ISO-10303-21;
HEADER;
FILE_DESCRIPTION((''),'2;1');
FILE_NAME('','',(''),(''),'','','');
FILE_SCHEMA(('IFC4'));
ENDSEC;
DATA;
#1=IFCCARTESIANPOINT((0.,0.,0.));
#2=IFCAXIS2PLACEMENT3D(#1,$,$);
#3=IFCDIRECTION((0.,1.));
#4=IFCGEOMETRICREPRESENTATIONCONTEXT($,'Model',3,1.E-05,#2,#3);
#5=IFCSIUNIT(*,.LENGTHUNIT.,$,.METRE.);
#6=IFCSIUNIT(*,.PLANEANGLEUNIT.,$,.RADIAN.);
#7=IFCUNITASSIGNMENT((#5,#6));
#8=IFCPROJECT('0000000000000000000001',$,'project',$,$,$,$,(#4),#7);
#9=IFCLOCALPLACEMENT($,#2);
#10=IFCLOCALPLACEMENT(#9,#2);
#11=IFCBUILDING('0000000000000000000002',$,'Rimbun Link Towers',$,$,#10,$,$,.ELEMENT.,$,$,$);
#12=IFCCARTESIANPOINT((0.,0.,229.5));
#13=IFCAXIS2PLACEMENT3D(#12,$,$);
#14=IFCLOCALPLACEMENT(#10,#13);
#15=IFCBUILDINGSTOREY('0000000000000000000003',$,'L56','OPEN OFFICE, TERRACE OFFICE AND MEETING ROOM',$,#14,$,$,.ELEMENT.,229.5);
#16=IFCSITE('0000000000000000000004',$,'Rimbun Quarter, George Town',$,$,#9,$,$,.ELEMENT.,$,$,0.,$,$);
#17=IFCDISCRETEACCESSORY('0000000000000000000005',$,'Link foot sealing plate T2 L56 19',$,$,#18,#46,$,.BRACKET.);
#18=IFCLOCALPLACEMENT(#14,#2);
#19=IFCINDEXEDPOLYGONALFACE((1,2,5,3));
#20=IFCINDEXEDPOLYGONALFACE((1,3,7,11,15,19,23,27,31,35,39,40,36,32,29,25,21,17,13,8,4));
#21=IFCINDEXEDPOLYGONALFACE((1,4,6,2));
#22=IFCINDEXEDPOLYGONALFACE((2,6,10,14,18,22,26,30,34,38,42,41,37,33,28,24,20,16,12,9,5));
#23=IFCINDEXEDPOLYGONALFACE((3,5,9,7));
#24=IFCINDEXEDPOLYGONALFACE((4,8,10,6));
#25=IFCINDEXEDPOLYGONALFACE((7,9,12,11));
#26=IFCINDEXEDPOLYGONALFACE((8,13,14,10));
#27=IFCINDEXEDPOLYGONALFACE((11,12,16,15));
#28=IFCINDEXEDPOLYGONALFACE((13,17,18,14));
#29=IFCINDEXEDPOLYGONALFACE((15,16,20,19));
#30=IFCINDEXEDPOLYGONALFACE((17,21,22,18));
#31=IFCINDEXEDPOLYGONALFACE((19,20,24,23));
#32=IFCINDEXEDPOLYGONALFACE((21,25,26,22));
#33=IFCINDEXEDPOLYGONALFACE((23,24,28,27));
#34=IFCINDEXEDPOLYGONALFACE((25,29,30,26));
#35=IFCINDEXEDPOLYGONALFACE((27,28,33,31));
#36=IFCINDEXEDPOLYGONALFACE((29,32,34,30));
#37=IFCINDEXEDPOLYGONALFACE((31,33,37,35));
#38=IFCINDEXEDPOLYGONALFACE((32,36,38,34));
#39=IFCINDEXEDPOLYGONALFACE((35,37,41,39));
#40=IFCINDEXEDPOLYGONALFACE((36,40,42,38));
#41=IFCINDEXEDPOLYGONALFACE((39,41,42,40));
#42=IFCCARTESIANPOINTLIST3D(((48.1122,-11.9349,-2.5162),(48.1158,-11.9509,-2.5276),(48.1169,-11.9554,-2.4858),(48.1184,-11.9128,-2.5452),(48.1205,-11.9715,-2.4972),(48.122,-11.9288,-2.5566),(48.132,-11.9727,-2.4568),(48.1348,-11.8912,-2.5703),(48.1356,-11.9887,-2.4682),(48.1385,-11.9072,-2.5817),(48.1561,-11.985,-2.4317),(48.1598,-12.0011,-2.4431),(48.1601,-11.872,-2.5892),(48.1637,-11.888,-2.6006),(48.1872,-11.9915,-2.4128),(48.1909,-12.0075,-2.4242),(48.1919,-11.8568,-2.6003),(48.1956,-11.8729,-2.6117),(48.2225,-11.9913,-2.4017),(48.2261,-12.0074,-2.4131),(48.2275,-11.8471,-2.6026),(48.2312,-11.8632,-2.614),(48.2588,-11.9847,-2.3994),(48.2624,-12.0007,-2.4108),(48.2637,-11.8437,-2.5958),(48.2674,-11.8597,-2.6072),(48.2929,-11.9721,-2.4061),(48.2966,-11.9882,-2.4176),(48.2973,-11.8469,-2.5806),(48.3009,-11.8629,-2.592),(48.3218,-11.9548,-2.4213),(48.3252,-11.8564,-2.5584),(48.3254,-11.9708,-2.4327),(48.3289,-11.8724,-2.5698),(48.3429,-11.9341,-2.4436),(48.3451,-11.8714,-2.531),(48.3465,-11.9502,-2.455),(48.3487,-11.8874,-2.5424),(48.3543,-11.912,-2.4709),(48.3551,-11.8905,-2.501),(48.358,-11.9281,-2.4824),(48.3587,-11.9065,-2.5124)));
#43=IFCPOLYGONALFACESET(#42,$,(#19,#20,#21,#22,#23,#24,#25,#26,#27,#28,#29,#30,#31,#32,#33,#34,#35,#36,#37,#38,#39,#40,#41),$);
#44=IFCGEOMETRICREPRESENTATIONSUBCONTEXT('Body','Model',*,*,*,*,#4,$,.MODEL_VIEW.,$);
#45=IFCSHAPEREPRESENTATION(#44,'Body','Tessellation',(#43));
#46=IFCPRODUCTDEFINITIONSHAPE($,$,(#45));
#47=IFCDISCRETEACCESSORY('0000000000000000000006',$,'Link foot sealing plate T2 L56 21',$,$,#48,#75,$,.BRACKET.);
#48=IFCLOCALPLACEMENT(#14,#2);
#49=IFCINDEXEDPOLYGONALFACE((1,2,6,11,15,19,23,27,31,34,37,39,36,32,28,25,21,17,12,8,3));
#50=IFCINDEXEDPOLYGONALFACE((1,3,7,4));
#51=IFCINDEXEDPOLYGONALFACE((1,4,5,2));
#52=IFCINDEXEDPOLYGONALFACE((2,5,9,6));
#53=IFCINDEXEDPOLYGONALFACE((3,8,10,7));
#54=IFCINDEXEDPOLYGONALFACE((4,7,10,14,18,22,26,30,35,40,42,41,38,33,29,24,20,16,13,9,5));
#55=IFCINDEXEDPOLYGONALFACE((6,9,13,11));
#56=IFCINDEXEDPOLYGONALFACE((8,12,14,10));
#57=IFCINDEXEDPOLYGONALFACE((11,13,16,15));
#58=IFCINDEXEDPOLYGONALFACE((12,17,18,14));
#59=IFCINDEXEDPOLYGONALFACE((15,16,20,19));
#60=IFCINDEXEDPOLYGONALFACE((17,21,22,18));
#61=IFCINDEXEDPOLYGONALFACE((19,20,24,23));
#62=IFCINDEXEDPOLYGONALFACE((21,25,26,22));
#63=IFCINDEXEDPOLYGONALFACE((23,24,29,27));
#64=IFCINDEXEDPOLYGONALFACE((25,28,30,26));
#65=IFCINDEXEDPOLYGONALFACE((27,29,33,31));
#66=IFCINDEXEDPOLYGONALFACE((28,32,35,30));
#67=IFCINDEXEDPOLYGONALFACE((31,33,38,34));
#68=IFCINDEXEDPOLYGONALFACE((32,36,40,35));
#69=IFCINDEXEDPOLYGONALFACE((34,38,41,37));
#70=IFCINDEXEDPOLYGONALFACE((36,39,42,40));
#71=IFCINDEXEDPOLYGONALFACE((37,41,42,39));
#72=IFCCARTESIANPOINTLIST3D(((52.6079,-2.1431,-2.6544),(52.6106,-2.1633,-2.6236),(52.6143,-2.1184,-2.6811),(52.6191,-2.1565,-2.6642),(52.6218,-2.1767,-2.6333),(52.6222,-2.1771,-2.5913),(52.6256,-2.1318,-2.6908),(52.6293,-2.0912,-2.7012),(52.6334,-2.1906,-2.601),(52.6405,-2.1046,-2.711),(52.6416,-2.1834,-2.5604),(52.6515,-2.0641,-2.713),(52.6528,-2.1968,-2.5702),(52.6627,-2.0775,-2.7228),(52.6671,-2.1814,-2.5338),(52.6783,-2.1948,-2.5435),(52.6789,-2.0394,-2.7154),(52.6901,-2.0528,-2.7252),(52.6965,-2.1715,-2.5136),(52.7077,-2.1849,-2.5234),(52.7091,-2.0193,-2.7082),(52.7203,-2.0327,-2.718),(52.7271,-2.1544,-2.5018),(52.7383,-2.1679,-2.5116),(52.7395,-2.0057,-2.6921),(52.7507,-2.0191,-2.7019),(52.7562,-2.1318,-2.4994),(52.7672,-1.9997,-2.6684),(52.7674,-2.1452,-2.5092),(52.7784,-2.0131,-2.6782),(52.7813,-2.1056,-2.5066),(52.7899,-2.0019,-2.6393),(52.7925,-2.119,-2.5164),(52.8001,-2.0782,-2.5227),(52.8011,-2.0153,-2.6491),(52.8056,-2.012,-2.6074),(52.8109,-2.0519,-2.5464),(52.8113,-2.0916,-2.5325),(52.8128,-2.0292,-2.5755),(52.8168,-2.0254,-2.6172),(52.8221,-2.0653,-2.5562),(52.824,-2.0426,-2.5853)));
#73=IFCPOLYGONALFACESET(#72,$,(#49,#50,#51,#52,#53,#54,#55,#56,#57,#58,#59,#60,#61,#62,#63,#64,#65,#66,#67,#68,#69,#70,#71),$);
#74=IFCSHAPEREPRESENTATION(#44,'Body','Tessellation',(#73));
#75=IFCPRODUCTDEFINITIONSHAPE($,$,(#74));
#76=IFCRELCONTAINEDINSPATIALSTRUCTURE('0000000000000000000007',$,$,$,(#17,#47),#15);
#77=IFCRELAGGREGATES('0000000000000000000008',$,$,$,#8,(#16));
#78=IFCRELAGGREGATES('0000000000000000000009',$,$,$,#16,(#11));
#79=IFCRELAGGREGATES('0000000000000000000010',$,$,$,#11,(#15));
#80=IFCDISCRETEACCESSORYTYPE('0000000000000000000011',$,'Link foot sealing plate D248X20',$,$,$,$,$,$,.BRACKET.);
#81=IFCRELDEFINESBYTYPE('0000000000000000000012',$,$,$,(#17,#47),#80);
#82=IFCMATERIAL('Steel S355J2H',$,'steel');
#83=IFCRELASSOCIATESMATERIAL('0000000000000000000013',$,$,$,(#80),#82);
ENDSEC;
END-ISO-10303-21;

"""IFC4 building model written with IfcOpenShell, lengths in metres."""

from ifc_helpers import new_model, si_unit, direction, frame, origin, origin_2d, place, context, subcontext, project, spatial, circle, extrude, material, material_profile, profile_set, type_object, element, save


model = new_model("IFC4")

# Units and contexts
model_context = context("Model", 3, precision=1e-05, world=origin(), true_north=direction((0.0, 1.0)))
body_context = subcontext(model_context, "Body", "Model", "MODEL_VIEW")
ifc_project = project(units=[si_unit("LENGTHUNIT", "METRE"), si_unit("PLANEANGLEUNIT", "RADIAN")], contexts=[model_context])

# Site, building, storey
site_placement = place(None, origin())
site = spatial("IfcSite", under=ifc_project, at=site_placement, Name="Rimbun Quarter, George Town", CompositionType="ELEMENT", RefElevation=0.0)
building_placement = place(site_placement, origin())
building = spatial("IfcBuilding", under=site, at=building_placement, Name="Rimbun Link Towers", CompositionType="ELEMENT")
storey_placement = place(building_placement, frame((0.0, 0.0, 229.5)))
storey = spatial("IfcBuildingStorey", under=building, at=storey_placement, Name="L56", Description="OPEN OFFICE, TERRACE OFFICE AND MEETING ROOM", CompositionType="ELEMENT", Elevation=229.5)

# Discrete accessories
ifc_material_1 = material(Name="Steel S355J2H", Category="steel")
ifc_material_profile_1 = material_profile(ifc_material_1, circle(Radius=0.124, at=origin_2d()), Name="PL D248")
ifc_profile_set_1 = profile_set([ifc_material_profile_1], Name="Steel S355J2H")
discrete_accessory_type = type_object("IfcDiscreteAccessoryType", Name="Link foot sealing plate D248X20", PredefinedType="BRACKET", material=ifc_profile_set_1)
for number, where, z_axis, x_axis, name in (
    (1, (48.2341, -11.918, -2.501), (0.182036, -0.800957, -0.570378), (0.975133, 0.221621, 0.0), "Link foot sealing plate T2 L56 19"),
    (2, (52.7104, -2.0916, -2.6074), (0.560268, -0.669885, -0.487189), (0.767077, 0.641555, 0.0), "Link foot sealing plate T2 L56 21"),
):
    element("IfcDiscreteAccessory", number, at=place(storey_placement, frame(where, z_axis=z_axis, x_axis=x_axis)), inside=storey, type_object=discrete_accessory_type, Name=name, PredefinedType="BRACKET", context=body_context, shape_type="SweptSolid", body=[
        extrude(circle(Radius=0.124, at=origin_2d()), origin(), (0.0, 0.0, 1.0), 0.02),
    ])

save(model, "model.ifc")
